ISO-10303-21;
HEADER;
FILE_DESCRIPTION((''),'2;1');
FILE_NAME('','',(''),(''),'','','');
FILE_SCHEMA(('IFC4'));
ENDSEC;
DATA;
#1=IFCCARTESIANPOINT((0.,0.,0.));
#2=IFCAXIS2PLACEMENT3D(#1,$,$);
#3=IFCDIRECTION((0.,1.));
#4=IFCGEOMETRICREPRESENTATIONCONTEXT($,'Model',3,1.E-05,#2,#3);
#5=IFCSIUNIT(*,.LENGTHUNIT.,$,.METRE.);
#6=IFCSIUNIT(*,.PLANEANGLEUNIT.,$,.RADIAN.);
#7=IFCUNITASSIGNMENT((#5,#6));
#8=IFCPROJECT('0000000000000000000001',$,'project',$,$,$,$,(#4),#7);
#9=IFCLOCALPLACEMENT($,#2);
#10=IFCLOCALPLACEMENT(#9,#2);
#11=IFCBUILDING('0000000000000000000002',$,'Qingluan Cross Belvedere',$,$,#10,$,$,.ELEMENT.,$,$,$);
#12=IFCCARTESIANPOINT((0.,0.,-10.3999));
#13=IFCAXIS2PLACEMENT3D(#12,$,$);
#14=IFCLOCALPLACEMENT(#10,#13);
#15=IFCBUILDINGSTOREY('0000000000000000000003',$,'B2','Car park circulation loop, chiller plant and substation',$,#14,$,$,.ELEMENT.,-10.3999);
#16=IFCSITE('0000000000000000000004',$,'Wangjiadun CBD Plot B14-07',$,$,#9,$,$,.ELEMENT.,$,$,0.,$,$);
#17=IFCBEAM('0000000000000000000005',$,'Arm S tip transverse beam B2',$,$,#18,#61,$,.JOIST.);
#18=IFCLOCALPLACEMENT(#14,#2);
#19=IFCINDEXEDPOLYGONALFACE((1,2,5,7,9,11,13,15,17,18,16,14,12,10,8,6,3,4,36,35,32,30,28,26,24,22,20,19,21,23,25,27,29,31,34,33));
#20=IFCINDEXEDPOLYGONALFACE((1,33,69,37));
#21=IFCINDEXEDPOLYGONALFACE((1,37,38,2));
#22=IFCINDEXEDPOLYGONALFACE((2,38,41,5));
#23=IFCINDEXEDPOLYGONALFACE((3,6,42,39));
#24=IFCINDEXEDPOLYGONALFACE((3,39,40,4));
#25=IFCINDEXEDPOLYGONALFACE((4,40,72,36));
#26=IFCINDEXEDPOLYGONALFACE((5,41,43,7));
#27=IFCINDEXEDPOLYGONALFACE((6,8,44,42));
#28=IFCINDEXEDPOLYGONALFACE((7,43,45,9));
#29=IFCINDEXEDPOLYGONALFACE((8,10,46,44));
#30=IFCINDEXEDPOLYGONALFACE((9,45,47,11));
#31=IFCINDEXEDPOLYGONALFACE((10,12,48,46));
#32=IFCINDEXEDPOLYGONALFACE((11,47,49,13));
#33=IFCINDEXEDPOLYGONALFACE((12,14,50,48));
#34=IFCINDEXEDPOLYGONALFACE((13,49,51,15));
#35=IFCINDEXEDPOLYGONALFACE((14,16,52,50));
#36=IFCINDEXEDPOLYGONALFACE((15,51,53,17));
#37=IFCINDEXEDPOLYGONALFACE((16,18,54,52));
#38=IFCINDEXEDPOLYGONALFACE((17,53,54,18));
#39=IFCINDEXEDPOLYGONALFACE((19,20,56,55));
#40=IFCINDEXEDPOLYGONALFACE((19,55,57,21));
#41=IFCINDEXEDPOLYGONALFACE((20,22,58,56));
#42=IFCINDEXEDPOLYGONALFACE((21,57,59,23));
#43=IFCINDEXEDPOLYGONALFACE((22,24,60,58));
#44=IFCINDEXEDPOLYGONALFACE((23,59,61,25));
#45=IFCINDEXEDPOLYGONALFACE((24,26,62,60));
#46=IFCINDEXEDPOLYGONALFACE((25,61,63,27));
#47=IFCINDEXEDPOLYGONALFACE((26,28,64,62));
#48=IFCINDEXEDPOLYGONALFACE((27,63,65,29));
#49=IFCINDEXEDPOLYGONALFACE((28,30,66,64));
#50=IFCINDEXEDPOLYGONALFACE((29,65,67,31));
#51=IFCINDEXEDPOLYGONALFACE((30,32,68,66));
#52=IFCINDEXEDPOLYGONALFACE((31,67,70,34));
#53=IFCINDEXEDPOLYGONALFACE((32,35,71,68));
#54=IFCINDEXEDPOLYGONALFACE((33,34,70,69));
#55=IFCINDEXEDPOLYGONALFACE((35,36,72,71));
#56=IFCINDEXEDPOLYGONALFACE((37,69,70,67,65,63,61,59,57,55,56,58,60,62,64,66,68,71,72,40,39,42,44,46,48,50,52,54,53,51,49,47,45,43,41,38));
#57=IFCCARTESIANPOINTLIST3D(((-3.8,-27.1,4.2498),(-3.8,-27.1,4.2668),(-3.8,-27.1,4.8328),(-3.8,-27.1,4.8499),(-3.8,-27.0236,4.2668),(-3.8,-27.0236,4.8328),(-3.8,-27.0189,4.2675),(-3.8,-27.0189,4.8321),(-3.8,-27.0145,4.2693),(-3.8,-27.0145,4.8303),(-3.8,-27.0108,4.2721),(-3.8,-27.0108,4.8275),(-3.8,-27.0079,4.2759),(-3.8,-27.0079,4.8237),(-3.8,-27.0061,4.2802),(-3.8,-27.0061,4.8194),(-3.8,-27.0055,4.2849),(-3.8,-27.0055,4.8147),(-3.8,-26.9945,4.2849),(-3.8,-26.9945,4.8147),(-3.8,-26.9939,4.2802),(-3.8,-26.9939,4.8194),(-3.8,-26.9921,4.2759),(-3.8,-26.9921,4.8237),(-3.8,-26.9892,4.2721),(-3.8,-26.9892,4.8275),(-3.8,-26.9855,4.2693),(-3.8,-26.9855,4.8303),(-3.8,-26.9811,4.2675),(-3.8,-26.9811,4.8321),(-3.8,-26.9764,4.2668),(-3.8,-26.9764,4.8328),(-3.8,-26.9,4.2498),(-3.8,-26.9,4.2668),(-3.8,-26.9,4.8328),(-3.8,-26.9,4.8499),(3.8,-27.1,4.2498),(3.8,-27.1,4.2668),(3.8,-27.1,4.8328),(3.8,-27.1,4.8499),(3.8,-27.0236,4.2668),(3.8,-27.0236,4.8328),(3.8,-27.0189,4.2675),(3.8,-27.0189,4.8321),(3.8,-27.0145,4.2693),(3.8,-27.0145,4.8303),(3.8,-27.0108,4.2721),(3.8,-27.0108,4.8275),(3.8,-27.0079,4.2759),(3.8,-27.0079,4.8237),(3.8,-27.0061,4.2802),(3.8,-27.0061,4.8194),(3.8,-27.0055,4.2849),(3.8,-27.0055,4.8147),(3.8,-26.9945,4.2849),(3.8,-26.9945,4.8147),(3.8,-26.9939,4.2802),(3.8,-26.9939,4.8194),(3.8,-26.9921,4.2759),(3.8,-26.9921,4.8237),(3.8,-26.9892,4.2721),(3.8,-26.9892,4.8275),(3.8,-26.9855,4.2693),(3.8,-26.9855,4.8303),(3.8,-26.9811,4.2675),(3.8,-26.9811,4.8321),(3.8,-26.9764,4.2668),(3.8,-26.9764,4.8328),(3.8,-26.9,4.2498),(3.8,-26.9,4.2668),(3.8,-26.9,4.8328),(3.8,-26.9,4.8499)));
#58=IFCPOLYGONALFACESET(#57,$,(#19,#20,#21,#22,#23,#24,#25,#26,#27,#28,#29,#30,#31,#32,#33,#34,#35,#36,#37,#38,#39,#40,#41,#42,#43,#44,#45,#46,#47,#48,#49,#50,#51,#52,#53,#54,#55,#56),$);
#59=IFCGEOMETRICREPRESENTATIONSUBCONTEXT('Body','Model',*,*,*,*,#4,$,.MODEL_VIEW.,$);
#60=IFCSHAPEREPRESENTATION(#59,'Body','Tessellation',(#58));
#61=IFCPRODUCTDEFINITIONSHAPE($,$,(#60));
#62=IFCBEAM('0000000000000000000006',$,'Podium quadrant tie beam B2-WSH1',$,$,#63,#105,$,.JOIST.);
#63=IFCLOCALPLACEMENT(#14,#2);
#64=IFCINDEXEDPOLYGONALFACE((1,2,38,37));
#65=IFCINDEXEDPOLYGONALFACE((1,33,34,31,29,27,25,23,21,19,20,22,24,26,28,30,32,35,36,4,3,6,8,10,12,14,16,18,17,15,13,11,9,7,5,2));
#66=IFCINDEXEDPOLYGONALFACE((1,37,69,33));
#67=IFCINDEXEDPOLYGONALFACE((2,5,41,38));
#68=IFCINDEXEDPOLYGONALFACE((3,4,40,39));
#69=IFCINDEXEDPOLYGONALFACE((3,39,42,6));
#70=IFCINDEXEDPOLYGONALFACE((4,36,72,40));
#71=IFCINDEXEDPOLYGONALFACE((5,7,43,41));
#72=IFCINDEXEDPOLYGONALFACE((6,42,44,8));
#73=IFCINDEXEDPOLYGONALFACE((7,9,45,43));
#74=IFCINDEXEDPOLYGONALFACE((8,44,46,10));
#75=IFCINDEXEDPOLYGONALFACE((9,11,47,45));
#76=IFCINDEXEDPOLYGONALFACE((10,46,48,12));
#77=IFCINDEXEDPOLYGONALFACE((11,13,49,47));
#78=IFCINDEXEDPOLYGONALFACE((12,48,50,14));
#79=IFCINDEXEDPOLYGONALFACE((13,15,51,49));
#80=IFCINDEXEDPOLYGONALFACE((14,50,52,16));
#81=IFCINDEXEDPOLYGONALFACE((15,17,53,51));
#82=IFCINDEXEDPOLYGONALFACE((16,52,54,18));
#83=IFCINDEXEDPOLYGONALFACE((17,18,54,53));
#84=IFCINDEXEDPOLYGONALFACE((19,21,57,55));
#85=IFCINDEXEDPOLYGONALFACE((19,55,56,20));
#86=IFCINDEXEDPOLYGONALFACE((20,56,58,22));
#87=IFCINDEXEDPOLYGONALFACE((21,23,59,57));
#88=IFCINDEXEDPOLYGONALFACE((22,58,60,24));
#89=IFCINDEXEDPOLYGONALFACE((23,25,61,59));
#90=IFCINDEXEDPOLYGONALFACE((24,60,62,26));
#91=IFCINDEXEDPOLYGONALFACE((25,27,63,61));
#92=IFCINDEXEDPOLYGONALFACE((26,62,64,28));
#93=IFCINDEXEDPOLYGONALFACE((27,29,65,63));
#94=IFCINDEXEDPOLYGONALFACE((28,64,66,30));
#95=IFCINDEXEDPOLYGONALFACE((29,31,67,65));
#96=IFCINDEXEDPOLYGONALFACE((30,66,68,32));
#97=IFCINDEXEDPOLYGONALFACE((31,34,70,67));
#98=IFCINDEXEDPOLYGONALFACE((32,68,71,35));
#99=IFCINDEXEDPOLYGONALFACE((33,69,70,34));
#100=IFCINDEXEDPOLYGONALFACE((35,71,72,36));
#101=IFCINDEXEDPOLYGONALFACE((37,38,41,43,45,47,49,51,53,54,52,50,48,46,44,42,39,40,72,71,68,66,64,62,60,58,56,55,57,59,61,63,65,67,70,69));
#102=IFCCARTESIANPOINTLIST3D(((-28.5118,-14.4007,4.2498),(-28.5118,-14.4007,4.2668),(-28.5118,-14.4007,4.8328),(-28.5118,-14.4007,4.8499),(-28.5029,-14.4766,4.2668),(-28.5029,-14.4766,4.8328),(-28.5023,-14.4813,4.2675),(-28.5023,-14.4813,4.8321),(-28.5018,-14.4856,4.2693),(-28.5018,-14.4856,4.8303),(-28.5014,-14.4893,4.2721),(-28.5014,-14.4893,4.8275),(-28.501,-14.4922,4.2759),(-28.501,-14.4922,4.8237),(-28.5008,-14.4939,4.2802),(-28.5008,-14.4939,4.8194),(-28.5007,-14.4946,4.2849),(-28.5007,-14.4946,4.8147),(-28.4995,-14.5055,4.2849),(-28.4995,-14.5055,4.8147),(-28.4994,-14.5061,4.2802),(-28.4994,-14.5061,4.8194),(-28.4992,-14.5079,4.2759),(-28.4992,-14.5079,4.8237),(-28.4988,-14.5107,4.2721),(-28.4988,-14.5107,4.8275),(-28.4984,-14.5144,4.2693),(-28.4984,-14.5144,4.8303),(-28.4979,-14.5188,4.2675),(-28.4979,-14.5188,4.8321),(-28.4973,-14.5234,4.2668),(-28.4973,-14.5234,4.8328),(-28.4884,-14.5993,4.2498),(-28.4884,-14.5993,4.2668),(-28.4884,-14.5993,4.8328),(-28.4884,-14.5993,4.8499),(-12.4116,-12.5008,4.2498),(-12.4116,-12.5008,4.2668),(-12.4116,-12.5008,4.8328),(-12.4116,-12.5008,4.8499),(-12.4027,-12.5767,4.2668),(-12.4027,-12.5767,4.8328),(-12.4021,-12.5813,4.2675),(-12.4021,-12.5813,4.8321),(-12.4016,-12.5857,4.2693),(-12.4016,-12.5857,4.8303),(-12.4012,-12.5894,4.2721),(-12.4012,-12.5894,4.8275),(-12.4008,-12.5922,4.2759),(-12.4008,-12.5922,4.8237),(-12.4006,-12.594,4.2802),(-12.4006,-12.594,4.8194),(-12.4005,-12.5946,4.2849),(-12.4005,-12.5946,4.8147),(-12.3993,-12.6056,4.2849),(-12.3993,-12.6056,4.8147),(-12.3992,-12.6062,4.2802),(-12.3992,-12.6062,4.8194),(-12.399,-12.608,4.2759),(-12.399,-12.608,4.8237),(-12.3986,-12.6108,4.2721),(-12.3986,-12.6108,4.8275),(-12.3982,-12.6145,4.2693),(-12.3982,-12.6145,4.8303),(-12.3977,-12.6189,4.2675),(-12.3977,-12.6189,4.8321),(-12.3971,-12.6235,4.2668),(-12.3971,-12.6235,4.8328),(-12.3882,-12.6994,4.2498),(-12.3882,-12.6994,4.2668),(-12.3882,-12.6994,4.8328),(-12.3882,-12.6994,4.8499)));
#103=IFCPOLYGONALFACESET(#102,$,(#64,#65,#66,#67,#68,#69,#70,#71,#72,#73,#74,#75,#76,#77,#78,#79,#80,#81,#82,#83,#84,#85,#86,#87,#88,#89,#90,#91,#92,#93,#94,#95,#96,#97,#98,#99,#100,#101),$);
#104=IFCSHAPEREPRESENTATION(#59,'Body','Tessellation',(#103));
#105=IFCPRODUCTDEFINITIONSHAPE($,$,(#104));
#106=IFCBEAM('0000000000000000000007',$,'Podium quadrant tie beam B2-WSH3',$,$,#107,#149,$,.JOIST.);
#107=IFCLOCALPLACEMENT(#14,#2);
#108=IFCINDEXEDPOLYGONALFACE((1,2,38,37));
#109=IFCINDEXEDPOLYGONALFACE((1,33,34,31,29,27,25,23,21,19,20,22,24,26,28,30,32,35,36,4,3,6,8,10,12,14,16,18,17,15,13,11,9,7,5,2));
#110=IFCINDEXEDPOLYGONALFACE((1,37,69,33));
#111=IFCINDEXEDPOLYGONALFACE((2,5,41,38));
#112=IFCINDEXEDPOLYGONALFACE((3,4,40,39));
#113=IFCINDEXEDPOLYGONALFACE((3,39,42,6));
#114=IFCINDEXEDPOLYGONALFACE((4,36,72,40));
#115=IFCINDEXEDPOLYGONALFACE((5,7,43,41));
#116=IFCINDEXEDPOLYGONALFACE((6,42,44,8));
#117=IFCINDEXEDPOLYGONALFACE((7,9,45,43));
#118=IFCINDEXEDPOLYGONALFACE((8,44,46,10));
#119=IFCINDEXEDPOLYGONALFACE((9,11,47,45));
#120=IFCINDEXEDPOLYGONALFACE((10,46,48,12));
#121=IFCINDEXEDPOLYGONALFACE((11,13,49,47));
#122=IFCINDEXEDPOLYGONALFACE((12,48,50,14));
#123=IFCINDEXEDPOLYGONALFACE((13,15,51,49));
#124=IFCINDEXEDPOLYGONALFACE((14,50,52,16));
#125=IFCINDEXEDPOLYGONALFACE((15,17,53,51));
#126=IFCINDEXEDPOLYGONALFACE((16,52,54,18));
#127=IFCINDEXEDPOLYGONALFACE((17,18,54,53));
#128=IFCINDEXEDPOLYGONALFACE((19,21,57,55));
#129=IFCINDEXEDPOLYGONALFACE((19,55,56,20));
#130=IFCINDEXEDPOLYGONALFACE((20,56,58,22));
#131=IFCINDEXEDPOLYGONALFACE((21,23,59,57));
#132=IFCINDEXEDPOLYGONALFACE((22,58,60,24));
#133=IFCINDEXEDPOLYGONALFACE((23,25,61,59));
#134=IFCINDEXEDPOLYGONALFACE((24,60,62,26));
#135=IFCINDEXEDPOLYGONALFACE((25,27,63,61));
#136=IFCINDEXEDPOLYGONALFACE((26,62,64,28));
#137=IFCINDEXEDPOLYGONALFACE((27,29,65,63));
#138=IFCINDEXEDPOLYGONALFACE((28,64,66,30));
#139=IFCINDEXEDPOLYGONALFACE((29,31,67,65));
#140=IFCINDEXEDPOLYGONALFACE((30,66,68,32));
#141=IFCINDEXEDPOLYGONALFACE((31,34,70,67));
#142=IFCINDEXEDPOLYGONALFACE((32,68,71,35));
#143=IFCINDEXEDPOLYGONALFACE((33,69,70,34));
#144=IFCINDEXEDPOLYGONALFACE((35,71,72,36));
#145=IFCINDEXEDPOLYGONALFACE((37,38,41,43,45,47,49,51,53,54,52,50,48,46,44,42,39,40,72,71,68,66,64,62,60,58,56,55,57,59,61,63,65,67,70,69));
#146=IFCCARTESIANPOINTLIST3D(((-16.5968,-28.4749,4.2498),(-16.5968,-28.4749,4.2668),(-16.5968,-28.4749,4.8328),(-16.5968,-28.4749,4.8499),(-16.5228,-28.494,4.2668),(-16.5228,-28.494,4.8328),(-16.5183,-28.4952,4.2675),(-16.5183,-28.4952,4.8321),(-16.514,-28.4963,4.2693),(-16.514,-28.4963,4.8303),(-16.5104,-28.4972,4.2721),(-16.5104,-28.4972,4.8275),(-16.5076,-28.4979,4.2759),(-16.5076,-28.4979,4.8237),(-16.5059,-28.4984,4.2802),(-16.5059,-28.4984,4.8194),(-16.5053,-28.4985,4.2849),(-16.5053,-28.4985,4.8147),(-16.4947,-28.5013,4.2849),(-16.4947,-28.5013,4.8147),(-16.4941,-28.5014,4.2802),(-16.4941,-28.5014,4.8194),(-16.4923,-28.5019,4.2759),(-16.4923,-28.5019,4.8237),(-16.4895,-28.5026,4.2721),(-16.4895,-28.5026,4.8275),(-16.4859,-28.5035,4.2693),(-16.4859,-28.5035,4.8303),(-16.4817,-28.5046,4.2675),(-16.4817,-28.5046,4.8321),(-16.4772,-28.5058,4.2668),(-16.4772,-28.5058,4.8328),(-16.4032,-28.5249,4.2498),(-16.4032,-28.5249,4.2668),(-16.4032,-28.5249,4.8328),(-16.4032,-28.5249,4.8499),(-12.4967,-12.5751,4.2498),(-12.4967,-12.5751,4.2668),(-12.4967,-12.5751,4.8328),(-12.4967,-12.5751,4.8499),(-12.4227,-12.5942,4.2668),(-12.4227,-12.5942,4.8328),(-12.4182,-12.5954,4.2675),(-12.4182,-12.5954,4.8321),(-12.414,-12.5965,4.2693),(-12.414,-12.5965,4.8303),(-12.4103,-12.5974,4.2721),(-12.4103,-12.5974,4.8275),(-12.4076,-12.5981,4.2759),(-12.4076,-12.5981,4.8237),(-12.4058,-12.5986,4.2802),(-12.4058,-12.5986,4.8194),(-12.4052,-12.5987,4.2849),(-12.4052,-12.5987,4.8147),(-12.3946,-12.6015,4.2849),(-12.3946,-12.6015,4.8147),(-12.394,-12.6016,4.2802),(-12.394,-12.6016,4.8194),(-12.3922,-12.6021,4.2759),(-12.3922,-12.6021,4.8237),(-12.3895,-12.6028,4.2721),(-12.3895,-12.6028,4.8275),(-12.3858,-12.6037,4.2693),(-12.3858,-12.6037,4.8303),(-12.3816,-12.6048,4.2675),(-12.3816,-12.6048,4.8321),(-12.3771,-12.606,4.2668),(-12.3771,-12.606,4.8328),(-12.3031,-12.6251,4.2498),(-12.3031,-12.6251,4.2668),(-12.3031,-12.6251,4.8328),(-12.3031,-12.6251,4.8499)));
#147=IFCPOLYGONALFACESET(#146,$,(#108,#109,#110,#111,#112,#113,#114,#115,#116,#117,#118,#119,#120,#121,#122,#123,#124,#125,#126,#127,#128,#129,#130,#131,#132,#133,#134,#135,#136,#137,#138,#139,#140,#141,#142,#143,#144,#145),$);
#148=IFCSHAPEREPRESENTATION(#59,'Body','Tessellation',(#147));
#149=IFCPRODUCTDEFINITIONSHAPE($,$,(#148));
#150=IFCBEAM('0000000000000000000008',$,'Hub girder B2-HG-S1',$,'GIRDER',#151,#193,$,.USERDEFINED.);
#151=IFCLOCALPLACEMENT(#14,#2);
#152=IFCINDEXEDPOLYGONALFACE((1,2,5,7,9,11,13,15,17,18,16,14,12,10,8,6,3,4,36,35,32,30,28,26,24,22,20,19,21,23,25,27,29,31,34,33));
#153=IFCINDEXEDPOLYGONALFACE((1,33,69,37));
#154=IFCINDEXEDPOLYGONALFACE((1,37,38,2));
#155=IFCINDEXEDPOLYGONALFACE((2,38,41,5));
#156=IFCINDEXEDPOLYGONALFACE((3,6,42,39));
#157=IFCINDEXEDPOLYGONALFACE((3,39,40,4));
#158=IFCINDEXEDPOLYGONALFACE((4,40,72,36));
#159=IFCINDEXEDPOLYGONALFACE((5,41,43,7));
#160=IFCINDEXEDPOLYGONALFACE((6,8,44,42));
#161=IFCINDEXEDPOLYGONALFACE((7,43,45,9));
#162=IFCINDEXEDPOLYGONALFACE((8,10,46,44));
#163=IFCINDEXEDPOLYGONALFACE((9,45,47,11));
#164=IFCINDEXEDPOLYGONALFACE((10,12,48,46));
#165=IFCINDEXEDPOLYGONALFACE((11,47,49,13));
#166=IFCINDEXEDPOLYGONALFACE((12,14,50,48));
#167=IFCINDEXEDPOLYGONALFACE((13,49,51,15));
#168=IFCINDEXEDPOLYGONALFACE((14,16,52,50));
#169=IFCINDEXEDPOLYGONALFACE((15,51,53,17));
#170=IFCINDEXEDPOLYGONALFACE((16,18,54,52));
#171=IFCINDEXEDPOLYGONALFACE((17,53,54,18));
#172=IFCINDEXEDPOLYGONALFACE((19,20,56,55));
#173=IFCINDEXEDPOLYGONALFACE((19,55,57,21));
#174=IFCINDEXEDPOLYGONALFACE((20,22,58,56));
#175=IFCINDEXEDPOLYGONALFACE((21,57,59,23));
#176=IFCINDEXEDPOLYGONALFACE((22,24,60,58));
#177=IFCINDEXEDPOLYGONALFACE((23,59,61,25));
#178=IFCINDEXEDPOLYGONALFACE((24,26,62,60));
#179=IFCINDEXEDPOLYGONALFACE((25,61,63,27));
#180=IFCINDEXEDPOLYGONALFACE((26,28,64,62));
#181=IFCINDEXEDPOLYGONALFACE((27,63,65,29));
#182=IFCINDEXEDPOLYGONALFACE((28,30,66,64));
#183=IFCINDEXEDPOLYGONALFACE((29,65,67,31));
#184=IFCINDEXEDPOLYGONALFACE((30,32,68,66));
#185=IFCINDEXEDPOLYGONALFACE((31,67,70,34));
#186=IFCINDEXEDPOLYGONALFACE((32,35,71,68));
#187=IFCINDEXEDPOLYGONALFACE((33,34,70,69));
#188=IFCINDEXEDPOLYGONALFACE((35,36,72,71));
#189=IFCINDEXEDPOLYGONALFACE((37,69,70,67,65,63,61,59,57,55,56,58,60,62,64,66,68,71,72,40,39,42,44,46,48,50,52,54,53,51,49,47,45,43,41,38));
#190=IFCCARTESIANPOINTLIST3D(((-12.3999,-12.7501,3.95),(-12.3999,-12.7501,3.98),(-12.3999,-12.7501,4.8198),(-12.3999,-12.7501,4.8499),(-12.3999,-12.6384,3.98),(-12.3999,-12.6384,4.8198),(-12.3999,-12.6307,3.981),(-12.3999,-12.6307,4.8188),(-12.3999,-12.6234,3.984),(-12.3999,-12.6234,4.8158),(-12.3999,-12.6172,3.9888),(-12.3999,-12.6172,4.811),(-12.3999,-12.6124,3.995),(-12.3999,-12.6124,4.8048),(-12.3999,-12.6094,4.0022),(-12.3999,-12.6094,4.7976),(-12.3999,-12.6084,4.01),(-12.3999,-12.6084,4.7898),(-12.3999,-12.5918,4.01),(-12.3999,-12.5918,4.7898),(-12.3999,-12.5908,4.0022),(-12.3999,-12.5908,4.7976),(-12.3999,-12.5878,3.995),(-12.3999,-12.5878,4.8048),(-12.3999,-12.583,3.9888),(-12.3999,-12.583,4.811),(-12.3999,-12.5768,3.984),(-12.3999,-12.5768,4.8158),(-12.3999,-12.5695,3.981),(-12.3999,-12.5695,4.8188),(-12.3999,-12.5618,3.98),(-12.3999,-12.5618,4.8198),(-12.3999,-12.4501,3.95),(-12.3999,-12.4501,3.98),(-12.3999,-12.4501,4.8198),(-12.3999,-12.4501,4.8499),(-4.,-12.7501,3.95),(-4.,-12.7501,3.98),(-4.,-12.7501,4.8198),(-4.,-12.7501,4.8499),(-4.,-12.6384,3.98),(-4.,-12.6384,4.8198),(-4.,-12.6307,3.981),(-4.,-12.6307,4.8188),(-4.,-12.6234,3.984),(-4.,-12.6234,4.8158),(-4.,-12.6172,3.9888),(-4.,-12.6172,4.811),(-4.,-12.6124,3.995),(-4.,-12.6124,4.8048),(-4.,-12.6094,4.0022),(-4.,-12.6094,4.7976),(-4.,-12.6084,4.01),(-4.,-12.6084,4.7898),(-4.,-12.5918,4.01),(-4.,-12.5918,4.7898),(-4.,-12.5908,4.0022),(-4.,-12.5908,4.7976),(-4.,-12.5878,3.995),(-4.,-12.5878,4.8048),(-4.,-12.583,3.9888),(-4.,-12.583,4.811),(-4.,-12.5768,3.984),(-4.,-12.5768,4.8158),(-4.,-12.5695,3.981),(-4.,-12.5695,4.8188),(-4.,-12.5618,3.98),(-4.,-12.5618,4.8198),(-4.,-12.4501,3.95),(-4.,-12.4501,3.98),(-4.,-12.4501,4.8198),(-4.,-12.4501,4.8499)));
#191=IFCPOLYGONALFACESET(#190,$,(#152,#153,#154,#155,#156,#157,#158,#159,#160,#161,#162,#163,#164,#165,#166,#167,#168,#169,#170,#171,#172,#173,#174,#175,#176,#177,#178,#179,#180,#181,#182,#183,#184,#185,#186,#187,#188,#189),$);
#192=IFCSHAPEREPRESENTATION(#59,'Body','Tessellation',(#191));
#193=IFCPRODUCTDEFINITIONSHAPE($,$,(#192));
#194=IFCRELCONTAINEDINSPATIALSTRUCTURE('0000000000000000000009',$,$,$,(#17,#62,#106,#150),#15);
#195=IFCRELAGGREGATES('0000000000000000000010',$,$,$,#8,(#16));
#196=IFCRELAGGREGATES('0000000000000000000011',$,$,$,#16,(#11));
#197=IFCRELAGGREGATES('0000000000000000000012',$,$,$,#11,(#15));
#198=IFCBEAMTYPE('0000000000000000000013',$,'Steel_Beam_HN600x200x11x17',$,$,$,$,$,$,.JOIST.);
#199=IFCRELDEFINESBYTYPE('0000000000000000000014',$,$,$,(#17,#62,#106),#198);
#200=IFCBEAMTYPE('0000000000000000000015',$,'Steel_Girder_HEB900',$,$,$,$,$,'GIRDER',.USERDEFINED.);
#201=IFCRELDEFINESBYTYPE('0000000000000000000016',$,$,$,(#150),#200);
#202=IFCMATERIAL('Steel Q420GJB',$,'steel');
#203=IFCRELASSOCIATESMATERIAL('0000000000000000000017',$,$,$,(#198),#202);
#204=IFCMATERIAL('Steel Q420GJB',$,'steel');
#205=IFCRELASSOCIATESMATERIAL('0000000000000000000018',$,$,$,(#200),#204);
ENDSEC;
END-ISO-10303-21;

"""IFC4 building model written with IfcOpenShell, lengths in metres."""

from ifc_helpers import new_model, si_unit, direction, frame, origin, origin_2d, place, context, subcontext, project, spatial, i_section, extrude, material, material_profile, profile_set, type_object, element, save


model = new_model("IFC4")

# Units and contexts
model_context = context("Model", 3, precision=1e-05, world=origin(), true_north=direction((0.0, 1.0)))
body_context = subcontext(model_context, "Body", "Model", "MODEL_VIEW")
ifc_project = project(units=[si_unit("LENGTHUNIT", "METRE"), si_unit("PLANEANGLEUNIT", "RADIAN")], contexts=[model_context])

# Site, building, storey
site_placement = place(None, origin())
site = spatial("IfcSite", under=ifc_project, at=site_placement, Name="Wangjiadun CBD Plot B14-07", CompositionType="ELEMENT", RefElevation=0.0)
building_placement = place(site_placement, origin())
building = spatial("IfcBuilding", under=site, at=building_placement, Name="Qingluan Cross Belvedere", CompositionType="ELEMENT")
storey_placement = place(building_placement, frame((0.0, 0.0, -10.3999)))
storey = spatial("IfcBuildingStorey", under=building, at=storey_placement, Name="B2", Description="Car park circulation loop, chiller plant and substation", CompositionType="ELEMENT", Elevation=-10.3999)

# Beams
ifc_material_1 = material(Name="Steel Q420GJB", Category="steel")
ifc_material_profile_1 = material_profile(ifc_material_1, i_section(OverallWidth=0.2, OverallDepth=0.6001, WebThickness=0.011, FlangeThickness=0.0171, FilletRadius=0.0181, at=origin_2d()), Name="HN600x200x11x17")
ifc_profile_set_1 = profile_set([ifc_material_profile_1], Name="Steel Q420GJB")
beam_type_1 = type_object("IfcBeamType", Name="Steel_Beam_HN600x200x11x17", PredefinedType="JOIST", material=ifc_profile_set_1)
beam_1_placement = place(storey_placement, frame((-3.8, -27.0, 4.5498), z_axis=(1.0, 0.0, 0.0), x_axis=(0.0, 1.0, 0.0)))
element("IfcBeam", 1, at=beam_1_placement, inside=storey, type_object=beam_type_1, Name="Arm S tip transverse beam B2", PredefinedType="JOIST", context=body_context, shape_type="SweptSolid", body=[
    extrude(i_section(OverallWidth=0.2, OverallDepth=0.6001, WebThickness=0.011, FlangeThickness=0.0171, FilletRadius=0.0181, at=origin_2d()), origin(), (0.0, 0.0, 1.0), 7.6001),
])
beam_2_placement = place(storey_placement, frame((-12.3999, -12.6001, 4.5498), z_axis=(-0.993109, -0.117192, 0.0), x_axis=(0.117192, -0.993109, 0.0)))
element("IfcBeam", 2, at=beam_2_placement, inside=storey, type_object=beam_type_1, Name="Podium quadrant tie beam B2-WSH1", PredefinedType="JOIST", context=body_context, shape_type="SweptSolid", body=[
    extrude(i_section(OverallWidth=0.2, OverallDepth=0.6001, WebThickness=0.011, FlangeThickness=0.0171, FilletRadius=0.0181, at=origin_2d()), origin(), (0.0, 0.0, 1.0), 16.2119),
])
beam_3_placement = place(storey_placement, frame((-12.3999, -12.6001, 4.5498), z_axis=(-0.249701, -0.968323, 0.0), x_axis=(0.968323, -0.249701, 0.0)))
element("IfcBeam", 3, at=beam_3_placement, inside=storey, type_object=beam_type_1, Name="Podium quadrant tie beam B2-WSH3", PredefinedType="JOIST", context=body_context, shape_type="SweptSolid", body=[
    extrude(i_section(OverallWidth=0.2, OverallDepth=0.6001, WebThickness=0.011, FlangeThickness=0.0171, FilletRadius=0.0181, at=origin_2d()), origin(), (0.0, 0.0, 1.0), 16.4199),
])
ifc_material_2 = material(Name="Steel Q420GJB", Category="steel")
ifc_material_profile_2 = material_profile(ifc_material_2, i_section(OverallWidth=0.3, OverallDepth=0.8999, WebThickness=0.0166, FlangeThickness=0.03, FilletRadius=0.03, at=origin_2d()), Name="HEB900")
ifc_profile_set_2 = profile_set([ifc_material_profile_2], Name="Steel Q420GJB")
beam_type_2 = type_object("IfcBeamType", Name="Steel_Girder_HEB900", ElementType="GIRDER", PredefinedType="USERDEFINED", material=ifc_profile_set_2)
beam_4_placement = place(storey_placement, frame((-12.3999, -12.6001, 4.3999), z_axis=(1.0, 0.0, 0.0), x_axis=(0.0, 1.0, 0.0)))
element("IfcBeam", 4, at=beam_4_placement, inside=storey, type_object=beam_type_2, Name="Hub girder B2-HG-S1", ObjectType="GIRDER", PredefinedType="USERDEFINED", context=body_context, shape_type="SweptSolid", body=[
    extrude(i_section(OverallWidth=0.3, OverallDepth=0.8999, WebThickness=0.0166, FlangeThickness=0.03, FilletRadius=0.03, at=origin_2d()), origin(), (0.0, 0.0, 1.0), 8.3999),
])

save(model, "model.ifc")
